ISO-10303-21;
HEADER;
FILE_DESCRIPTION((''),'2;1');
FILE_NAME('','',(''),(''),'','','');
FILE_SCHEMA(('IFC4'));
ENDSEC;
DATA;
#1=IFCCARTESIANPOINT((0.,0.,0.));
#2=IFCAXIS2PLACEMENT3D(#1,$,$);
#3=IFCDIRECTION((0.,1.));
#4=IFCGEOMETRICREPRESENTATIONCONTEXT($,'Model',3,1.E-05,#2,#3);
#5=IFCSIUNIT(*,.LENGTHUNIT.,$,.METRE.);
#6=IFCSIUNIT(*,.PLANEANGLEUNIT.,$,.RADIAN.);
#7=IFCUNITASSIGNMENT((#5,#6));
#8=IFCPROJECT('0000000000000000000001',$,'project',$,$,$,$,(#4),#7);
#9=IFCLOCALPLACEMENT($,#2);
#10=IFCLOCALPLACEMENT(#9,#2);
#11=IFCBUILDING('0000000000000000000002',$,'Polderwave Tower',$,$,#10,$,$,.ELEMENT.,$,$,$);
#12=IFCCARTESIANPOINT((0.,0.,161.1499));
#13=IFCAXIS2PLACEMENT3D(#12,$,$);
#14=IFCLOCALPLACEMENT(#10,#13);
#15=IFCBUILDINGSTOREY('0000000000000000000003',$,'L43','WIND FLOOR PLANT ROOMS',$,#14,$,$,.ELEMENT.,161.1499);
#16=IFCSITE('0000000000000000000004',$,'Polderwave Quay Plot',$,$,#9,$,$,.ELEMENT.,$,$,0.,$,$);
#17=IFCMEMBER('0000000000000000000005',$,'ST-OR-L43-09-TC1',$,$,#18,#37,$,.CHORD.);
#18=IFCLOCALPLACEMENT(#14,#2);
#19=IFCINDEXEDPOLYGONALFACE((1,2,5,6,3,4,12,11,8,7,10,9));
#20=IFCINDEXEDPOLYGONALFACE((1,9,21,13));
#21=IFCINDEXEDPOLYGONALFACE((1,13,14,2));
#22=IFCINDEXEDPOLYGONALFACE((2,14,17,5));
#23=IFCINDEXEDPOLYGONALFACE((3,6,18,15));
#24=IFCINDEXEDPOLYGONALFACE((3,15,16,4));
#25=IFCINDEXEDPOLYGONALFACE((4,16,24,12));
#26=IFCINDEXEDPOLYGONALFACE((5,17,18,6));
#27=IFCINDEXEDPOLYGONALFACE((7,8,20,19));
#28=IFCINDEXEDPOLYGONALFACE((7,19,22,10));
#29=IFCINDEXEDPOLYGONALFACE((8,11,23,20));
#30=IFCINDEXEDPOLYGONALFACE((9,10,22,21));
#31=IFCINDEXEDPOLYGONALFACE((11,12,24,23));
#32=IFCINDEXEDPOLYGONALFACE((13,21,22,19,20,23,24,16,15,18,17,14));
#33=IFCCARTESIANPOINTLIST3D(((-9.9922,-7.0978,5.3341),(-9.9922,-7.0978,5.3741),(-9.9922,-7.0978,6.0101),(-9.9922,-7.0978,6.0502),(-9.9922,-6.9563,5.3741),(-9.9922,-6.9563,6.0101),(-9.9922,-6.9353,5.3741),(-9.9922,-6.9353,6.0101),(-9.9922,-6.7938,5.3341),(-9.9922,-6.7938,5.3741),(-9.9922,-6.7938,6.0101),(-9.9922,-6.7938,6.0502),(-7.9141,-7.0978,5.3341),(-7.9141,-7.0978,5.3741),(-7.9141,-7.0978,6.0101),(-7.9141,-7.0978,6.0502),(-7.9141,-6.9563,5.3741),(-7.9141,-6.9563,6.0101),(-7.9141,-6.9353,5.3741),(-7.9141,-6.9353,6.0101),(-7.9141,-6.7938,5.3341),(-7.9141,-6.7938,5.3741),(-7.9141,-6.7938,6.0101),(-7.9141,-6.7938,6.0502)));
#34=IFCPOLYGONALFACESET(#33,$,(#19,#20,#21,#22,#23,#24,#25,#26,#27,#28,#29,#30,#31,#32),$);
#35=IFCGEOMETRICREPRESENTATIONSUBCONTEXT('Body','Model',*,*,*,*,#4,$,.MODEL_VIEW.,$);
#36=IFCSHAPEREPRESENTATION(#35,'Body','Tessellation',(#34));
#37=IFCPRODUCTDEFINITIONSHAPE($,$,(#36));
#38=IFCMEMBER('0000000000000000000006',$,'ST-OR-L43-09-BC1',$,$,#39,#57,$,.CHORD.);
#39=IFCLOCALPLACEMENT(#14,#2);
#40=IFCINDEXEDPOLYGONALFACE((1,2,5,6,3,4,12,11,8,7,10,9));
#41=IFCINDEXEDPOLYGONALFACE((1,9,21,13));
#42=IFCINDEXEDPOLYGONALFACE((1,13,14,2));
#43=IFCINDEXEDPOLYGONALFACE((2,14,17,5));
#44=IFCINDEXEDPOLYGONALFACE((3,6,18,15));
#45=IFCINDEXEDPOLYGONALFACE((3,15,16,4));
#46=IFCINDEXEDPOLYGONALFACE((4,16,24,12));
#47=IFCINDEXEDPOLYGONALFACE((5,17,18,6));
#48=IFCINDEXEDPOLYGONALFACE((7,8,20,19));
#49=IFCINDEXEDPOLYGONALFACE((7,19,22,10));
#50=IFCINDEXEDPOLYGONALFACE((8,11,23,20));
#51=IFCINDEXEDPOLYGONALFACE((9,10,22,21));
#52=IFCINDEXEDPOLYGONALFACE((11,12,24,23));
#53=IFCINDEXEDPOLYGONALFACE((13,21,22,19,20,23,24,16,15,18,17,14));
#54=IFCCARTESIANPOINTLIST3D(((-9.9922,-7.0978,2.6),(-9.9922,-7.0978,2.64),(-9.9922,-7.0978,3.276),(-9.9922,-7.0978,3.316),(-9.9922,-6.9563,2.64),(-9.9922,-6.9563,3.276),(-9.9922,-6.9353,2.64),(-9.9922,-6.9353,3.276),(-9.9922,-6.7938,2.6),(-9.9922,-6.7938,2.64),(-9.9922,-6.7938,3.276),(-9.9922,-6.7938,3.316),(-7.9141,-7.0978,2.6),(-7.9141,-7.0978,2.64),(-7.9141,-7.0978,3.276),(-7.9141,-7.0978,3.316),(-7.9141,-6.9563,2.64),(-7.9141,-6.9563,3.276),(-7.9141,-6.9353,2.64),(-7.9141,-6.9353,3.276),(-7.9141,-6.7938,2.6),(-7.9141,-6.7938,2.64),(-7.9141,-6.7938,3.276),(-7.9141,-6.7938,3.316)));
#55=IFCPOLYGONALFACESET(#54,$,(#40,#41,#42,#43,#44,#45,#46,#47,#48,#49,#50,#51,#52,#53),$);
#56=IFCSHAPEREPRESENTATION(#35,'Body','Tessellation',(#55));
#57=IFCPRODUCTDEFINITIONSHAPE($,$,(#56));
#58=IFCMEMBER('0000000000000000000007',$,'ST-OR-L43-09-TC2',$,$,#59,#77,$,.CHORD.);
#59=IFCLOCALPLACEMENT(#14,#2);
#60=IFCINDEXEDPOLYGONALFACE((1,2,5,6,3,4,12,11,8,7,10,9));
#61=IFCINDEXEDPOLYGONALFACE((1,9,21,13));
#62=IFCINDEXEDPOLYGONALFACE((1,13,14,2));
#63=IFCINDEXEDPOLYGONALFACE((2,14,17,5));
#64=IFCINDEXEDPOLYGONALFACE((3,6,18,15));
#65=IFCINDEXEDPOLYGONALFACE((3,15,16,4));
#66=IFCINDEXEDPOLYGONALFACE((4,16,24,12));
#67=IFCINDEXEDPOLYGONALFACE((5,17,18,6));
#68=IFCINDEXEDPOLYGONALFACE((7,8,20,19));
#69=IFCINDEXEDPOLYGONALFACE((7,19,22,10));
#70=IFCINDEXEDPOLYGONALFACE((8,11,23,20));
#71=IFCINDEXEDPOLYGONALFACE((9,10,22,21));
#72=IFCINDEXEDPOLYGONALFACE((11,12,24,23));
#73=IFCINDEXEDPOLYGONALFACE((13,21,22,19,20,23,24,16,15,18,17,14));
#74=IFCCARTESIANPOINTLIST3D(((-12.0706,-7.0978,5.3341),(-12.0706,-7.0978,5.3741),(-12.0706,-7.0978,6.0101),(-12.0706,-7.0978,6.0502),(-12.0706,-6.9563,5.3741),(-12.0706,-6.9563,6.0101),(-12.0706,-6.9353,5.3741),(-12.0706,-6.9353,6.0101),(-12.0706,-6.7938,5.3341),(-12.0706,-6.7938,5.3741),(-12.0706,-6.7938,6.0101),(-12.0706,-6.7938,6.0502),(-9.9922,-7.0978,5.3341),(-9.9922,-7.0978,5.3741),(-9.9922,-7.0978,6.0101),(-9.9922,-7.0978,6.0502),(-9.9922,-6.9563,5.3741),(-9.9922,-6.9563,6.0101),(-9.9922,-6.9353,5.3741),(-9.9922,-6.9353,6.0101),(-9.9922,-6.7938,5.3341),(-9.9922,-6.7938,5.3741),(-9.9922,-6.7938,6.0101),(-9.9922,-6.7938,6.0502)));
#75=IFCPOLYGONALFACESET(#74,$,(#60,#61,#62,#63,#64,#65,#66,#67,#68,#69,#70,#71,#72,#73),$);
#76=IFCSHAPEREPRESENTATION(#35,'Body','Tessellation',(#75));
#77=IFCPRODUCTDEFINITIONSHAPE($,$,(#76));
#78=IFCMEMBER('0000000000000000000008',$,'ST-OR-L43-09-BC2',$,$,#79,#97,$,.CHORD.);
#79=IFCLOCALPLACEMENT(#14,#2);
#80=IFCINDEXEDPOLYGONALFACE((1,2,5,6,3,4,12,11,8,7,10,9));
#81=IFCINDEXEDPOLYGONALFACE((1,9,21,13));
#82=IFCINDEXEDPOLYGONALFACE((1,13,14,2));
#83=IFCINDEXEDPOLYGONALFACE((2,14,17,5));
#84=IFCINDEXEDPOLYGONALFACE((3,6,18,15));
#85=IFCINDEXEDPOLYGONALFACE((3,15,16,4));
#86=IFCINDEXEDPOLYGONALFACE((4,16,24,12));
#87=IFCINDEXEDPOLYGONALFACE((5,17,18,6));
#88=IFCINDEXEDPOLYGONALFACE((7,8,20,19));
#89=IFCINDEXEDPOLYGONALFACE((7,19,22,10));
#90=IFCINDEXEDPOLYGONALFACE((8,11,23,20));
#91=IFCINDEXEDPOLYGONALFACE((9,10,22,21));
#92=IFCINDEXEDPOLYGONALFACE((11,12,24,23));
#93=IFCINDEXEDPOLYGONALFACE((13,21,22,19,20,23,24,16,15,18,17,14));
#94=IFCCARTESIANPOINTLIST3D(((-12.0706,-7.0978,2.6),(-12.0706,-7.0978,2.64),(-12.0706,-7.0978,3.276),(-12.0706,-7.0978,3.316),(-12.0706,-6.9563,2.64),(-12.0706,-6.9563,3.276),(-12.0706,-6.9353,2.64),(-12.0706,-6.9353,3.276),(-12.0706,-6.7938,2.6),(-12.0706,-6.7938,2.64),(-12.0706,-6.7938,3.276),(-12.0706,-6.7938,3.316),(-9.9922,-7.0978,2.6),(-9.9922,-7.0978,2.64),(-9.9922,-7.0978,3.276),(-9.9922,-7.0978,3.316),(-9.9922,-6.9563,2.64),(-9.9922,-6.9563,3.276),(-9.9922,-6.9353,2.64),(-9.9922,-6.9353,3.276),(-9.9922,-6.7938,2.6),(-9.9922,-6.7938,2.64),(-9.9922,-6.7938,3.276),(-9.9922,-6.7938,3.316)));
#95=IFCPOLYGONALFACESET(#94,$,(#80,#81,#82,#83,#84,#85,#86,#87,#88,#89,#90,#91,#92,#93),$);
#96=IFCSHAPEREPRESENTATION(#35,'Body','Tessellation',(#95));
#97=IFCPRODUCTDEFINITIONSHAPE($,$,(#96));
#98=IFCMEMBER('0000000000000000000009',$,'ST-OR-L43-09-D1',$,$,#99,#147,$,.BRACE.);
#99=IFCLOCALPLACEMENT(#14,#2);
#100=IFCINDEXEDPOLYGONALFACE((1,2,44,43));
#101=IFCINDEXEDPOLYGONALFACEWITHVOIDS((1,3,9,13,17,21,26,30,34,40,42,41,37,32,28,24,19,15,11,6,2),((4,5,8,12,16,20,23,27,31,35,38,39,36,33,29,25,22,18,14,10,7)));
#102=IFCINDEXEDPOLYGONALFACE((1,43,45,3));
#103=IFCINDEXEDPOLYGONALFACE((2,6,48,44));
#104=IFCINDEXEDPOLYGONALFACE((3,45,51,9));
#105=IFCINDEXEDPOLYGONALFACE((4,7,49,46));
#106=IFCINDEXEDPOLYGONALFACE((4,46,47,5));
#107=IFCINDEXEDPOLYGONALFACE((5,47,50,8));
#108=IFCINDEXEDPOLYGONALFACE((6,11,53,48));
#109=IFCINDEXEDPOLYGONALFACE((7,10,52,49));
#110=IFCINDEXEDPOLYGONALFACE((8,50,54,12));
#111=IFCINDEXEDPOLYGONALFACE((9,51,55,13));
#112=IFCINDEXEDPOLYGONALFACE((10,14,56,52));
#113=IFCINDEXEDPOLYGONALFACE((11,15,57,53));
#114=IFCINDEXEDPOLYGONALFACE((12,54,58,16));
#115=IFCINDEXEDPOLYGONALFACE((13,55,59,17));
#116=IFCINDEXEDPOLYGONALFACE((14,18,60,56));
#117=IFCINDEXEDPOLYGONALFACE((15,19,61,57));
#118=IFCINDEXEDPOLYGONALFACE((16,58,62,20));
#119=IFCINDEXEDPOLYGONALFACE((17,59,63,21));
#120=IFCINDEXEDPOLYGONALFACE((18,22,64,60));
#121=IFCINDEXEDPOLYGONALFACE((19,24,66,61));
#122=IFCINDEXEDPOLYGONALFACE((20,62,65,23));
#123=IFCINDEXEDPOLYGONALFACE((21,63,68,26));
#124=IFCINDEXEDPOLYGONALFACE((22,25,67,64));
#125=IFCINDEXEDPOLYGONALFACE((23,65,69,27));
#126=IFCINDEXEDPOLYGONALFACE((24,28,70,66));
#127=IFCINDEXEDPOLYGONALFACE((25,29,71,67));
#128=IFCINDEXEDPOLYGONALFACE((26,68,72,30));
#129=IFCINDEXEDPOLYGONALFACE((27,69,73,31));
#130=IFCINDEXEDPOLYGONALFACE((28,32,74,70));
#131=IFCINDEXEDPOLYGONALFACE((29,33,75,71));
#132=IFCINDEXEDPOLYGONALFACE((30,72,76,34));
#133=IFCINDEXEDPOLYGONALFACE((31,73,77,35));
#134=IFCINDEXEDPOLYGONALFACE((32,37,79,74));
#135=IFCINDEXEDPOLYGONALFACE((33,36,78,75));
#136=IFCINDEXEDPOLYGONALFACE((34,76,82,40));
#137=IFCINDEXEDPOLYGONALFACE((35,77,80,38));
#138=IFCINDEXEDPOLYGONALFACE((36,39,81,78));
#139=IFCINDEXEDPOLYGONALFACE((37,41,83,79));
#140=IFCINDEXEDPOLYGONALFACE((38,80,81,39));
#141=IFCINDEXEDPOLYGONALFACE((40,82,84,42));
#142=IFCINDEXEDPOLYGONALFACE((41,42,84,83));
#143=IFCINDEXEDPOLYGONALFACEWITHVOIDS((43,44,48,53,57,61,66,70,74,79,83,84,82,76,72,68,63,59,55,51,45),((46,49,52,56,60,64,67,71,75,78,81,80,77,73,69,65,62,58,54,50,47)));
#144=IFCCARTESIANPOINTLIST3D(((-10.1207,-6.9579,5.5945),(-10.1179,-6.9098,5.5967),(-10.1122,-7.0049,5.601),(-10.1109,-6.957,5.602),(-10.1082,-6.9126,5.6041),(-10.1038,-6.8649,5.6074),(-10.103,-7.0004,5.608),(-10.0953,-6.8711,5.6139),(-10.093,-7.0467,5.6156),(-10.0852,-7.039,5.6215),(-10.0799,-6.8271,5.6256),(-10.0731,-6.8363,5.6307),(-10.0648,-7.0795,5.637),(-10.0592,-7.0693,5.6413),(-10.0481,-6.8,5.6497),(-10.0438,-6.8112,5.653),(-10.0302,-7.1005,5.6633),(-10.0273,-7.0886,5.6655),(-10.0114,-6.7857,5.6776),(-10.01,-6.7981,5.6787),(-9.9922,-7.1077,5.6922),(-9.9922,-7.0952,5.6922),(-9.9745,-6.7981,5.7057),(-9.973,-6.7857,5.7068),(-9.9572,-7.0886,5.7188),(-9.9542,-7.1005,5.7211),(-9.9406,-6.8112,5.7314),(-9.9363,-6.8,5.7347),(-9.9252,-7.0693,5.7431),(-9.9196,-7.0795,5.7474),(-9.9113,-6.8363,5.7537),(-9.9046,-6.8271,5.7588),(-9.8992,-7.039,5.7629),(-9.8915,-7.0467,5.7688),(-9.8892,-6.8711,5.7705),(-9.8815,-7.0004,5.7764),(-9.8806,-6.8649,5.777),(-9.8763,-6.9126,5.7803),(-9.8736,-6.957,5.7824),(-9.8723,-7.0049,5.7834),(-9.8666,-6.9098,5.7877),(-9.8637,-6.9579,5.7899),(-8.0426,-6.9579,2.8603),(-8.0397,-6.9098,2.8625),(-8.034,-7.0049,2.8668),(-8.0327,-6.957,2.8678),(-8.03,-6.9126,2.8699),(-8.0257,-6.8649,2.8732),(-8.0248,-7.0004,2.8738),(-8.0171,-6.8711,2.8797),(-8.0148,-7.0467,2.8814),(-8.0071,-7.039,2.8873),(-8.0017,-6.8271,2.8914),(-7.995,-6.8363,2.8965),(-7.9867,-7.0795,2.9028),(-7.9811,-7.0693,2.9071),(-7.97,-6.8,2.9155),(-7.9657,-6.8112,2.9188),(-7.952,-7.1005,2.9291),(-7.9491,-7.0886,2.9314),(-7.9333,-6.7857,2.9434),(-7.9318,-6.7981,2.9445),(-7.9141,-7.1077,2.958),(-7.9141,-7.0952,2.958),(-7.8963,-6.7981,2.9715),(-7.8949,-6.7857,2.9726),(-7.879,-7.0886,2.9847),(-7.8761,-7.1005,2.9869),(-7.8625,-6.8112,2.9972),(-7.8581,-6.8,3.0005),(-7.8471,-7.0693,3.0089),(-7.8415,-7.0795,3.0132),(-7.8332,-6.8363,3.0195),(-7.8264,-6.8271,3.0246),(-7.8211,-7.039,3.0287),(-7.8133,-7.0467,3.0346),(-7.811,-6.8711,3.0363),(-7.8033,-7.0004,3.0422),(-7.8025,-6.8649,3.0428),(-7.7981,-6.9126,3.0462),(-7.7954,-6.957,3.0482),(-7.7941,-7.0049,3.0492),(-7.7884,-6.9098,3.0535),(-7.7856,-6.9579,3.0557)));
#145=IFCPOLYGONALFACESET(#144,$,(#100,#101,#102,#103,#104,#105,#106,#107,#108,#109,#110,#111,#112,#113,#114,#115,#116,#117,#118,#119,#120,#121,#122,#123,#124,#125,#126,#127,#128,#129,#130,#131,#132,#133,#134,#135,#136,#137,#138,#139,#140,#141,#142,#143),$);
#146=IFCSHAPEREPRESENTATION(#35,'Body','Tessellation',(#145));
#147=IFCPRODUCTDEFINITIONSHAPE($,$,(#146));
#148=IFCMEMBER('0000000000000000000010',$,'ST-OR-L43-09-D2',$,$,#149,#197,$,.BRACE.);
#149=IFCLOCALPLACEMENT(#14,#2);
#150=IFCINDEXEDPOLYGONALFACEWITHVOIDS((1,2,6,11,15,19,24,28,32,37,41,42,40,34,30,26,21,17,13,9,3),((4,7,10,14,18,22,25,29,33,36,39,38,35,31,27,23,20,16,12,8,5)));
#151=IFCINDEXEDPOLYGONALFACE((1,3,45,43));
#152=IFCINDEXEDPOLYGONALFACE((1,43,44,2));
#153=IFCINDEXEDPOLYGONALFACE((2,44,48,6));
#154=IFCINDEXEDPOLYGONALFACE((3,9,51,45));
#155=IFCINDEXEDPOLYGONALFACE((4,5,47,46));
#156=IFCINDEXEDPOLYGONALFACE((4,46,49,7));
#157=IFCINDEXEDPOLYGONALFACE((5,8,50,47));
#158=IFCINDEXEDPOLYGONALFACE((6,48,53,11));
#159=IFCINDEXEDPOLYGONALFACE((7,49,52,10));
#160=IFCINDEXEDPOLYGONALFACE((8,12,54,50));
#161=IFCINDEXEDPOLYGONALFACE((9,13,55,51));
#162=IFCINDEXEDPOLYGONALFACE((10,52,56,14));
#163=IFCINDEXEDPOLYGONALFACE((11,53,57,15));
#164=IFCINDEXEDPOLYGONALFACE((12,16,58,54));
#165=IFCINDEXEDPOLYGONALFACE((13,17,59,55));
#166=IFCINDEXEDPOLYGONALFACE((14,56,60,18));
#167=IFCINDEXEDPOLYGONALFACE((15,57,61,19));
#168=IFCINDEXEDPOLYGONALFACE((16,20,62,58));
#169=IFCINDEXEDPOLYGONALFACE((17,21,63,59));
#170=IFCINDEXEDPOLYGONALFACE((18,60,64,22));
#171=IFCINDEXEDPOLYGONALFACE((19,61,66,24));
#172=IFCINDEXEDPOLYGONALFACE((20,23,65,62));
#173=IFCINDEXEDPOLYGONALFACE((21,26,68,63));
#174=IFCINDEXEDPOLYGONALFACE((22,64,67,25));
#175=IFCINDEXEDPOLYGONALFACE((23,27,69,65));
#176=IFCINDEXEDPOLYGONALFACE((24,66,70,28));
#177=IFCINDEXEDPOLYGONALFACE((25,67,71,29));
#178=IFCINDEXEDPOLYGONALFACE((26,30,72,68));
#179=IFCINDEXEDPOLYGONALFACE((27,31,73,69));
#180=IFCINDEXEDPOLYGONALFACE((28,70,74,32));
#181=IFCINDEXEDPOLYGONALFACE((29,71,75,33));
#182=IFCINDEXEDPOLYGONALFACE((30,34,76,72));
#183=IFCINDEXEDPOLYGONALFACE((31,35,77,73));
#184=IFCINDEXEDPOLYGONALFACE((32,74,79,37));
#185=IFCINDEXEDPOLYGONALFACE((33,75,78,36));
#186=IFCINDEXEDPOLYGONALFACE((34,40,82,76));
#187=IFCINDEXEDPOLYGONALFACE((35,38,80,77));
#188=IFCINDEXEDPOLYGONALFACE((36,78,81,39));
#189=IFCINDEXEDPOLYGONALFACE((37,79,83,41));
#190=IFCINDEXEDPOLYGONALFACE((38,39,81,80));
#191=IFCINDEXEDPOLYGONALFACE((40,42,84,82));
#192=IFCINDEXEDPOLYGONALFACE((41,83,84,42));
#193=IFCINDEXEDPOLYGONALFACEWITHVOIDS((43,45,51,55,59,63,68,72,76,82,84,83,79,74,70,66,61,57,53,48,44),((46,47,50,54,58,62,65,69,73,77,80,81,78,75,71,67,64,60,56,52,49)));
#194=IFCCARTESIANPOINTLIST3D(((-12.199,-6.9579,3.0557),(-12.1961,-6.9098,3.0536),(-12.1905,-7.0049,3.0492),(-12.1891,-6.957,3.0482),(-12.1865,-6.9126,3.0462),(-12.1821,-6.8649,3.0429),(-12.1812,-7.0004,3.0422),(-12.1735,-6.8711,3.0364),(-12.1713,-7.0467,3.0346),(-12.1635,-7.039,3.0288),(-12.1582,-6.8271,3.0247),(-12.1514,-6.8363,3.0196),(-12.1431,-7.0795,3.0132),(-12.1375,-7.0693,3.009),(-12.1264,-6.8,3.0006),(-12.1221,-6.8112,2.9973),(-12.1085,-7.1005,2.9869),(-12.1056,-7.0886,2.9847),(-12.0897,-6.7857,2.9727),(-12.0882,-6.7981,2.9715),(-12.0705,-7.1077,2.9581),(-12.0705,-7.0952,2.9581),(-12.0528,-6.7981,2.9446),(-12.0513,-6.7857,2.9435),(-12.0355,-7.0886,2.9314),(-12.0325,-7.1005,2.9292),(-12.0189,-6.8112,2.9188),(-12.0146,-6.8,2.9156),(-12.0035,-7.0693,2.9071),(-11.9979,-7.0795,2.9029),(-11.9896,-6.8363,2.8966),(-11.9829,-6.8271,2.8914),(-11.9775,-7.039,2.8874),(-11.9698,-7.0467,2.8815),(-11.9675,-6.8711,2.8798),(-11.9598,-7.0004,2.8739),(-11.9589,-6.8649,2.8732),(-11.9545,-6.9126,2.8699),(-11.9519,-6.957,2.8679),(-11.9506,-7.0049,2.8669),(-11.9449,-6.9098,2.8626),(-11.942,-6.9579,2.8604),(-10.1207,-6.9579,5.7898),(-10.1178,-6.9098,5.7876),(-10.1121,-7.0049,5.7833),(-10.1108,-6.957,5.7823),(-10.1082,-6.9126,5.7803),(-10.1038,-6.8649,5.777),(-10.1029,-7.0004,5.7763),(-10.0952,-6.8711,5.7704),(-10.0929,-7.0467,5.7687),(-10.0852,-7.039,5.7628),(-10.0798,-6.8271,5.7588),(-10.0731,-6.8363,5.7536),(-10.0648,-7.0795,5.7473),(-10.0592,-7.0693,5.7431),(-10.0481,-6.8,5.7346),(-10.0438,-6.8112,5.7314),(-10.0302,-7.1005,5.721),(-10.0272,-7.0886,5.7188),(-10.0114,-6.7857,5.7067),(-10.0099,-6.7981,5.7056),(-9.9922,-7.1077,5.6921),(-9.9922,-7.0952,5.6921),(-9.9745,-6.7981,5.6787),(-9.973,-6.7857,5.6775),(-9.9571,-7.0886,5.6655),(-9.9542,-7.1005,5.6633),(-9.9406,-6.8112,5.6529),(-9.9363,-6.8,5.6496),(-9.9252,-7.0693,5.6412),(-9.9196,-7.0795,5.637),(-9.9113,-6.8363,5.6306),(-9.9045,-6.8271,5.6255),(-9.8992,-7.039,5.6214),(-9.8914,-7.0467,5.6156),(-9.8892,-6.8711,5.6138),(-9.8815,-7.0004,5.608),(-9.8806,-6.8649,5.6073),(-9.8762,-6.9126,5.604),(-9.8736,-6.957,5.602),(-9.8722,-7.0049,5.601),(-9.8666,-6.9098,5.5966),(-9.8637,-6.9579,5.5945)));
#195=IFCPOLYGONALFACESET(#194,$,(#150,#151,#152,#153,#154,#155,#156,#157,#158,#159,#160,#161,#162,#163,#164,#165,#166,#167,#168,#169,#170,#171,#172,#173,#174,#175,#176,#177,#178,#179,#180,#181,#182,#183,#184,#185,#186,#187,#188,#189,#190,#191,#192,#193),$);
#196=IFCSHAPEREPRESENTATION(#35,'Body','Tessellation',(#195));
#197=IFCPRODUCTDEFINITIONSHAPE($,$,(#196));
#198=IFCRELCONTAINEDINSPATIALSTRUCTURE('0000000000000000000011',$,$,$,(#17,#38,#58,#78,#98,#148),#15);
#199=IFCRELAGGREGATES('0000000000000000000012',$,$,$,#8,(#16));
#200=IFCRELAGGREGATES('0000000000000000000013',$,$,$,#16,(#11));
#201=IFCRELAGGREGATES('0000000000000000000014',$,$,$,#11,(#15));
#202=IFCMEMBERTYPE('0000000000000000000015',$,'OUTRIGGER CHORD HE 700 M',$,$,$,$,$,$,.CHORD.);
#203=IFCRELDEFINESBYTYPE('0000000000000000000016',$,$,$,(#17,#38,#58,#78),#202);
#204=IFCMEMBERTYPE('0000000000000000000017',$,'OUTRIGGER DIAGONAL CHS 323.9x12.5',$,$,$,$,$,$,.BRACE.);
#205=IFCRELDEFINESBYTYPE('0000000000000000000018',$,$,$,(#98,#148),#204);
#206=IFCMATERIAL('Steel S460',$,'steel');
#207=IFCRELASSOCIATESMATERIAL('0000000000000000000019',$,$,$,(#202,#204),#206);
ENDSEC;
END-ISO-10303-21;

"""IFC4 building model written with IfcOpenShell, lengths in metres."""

from ifc_helpers import new_model, si_unit, direction, frame, origin, origin_2d, place, context, subcontext, project, spatial, hollow_circle, i_section, extrude, material, material_profile, profile_set, type_object, element, save


model = new_model("IFC4")

# Units and contexts
model_context = context("Model", 3, precision=1e-05, world=origin(), true_north=direction((0.0, 1.0)))
body_context = subcontext(model_context, "Body", "Model", "MODEL_VIEW")
ifc_project = project(units=[si_unit("LENGTHUNIT", "METRE"), si_unit("PLANEANGLEUNIT", "RADIAN")], contexts=[model_context])

# Site, building, storey
site_placement = place(None, origin())
site = spatial("IfcSite", under=ifc_project, at=site_placement, Name="Polderwave Quay Plot", CompositionType="ELEMENT", RefElevation=0.0)
building_placement = place(site_placement, origin())
building = spatial("IfcBuilding", under=site, at=building_placement, Name="Polderwave Tower", CompositionType="ELEMENT")
storey_placement = place(building_placement, frame((0.0, 0.0, 161.1499)))
storey = spatial("IfcBuildingStorey", under=building, at=storey_placement, Name="L43", Description="WIND FLOOR PLANT ROOMS", CompositionType="ELEMENT", Elevation=161.1499)

# Members
ifc_material_1 = material(Name="Steel S460", Category="steel")
ifc_material_profile_1 = material_profile(ifc_material_1, i_section(OverallWidth=0.304, OverallDepth=0.7161, WebThickness=0.021, FlangeThickness=0.04, at=origin_2d()), Name="HE 700 M")
ifc_profile_set_1 = profile_set([ifc_material_profile_1], Name="Steel S460")
member_type_1 = type_object("IfcMemberType", Name="OUTRIGGER CHORD HE 700 M", PredefinedType="CHORD", material=ifc_profile_set_1)
for number, where, z_axis, x_axis, name in (
    (1, (-7.9141, -6.9458, 5.6921), (-1.0, 0.0, 0.0), (0.0, -1.0, 0.0), "ST-OR-L43-09-TC1"),
    (2, (-7.9141, -6.9458, 2.958), (-1.0, 0.0, 0.0), (0.0, -1.0, 0.0), "ST-OR-L43-09-BC1"),
):
    element("IfcMember", number, at=place(storey_placement, frame(where, z_axis=z_axis, x_axis=x_axis)), inside=storey, type_object=member_type_1, Name=name, PredefinedType="CHORD", context=body_context, shape_type="SweptSolid", body=[
        extrude(i_section(OverallWidth=0.304, OverallDepth=0.7161, WebThickness=0.021, FlangeThickness=0.04, at=origin_2d()), origin(), (0.0, 0.0, 1.0), 2.0781),
    ])
for number, where, z_axis, x_axis, name in (
    (3, (-9.9922, -6.9458, 5.6921), (-1.0, 0.0, 0.0), (0.0, -1.0, 0.0), "ST-OR-L43-09-TC2"),
    (4, (-9.9922, -6.9458, 2.958), (-1.0, 0.0, 0.0), (0.0, -1.0, 0.0), "ST-OR-L43-09-BC2"),
):
    element("IfcMember", number, at=place(storey_placement, frame(where, z_axis=z_axis, x_axis=x_axis)), inside=storey, type_object=member_type_1, Name=name, PredefinedType="CHORD", context=body_context, shape_type="SweptSolid", body=[
        extrude(i_section(OverallWidth=0.304, OverallDepth=0.7161, WebThickness=0.021, FlangeThickness=0.04, at=origin_2d()), origin(), (0.0, 0.0, 1.0), 2.0784),
    ])
ifc_material_profile_2 = material_profile(ifc_material_1, hollow_circle(Radius=0.1619, WallThickness=0.0125, at=origin_2d()), Name="CHS 323.9x12.5")
ifc_profile_set_2 = profile_set([ifc_material_profile_2], Name="Steel S460")
member_type_2 = type_object("IfcMemberType", Name="OUTRIGGER DIAGONAL CHS 323.9x12.5", PredefinedType="BRACE", material=ifc_profile_set_2)
for number, where, z_axis, x_axis, name in (
    (5, (-7.9141, -6.9458, 2.958), (-0.605118, 0.0, 0.796136), (0.0, -1.0, 0.0), "ST-OR-L43-09-D1"),
    (6, (-9.9922, -6.9458, 5.6921), (-0.605163, 0.0, -0.796102), (0.0, -1.0, 0.0), "ST-OR-L43-09-D2"),
):
    element("IfcMember", number, at=place(storey_placement, frame(where, z_axis=z_axis, x_axis=x_axis)), inside=storey, type_object=member_type_2, Name=name, PredefinedType="BRACE", context=body_context, shape_type="SweptSolid", body=[
        extrude(hollow_circle(Radius=0.1619, WallThickness=0.0125, at=origin_2d()), origin(), (0.0, 0.0, 1.0), 3.4343),
    ])

save(model, "model.ifc")
